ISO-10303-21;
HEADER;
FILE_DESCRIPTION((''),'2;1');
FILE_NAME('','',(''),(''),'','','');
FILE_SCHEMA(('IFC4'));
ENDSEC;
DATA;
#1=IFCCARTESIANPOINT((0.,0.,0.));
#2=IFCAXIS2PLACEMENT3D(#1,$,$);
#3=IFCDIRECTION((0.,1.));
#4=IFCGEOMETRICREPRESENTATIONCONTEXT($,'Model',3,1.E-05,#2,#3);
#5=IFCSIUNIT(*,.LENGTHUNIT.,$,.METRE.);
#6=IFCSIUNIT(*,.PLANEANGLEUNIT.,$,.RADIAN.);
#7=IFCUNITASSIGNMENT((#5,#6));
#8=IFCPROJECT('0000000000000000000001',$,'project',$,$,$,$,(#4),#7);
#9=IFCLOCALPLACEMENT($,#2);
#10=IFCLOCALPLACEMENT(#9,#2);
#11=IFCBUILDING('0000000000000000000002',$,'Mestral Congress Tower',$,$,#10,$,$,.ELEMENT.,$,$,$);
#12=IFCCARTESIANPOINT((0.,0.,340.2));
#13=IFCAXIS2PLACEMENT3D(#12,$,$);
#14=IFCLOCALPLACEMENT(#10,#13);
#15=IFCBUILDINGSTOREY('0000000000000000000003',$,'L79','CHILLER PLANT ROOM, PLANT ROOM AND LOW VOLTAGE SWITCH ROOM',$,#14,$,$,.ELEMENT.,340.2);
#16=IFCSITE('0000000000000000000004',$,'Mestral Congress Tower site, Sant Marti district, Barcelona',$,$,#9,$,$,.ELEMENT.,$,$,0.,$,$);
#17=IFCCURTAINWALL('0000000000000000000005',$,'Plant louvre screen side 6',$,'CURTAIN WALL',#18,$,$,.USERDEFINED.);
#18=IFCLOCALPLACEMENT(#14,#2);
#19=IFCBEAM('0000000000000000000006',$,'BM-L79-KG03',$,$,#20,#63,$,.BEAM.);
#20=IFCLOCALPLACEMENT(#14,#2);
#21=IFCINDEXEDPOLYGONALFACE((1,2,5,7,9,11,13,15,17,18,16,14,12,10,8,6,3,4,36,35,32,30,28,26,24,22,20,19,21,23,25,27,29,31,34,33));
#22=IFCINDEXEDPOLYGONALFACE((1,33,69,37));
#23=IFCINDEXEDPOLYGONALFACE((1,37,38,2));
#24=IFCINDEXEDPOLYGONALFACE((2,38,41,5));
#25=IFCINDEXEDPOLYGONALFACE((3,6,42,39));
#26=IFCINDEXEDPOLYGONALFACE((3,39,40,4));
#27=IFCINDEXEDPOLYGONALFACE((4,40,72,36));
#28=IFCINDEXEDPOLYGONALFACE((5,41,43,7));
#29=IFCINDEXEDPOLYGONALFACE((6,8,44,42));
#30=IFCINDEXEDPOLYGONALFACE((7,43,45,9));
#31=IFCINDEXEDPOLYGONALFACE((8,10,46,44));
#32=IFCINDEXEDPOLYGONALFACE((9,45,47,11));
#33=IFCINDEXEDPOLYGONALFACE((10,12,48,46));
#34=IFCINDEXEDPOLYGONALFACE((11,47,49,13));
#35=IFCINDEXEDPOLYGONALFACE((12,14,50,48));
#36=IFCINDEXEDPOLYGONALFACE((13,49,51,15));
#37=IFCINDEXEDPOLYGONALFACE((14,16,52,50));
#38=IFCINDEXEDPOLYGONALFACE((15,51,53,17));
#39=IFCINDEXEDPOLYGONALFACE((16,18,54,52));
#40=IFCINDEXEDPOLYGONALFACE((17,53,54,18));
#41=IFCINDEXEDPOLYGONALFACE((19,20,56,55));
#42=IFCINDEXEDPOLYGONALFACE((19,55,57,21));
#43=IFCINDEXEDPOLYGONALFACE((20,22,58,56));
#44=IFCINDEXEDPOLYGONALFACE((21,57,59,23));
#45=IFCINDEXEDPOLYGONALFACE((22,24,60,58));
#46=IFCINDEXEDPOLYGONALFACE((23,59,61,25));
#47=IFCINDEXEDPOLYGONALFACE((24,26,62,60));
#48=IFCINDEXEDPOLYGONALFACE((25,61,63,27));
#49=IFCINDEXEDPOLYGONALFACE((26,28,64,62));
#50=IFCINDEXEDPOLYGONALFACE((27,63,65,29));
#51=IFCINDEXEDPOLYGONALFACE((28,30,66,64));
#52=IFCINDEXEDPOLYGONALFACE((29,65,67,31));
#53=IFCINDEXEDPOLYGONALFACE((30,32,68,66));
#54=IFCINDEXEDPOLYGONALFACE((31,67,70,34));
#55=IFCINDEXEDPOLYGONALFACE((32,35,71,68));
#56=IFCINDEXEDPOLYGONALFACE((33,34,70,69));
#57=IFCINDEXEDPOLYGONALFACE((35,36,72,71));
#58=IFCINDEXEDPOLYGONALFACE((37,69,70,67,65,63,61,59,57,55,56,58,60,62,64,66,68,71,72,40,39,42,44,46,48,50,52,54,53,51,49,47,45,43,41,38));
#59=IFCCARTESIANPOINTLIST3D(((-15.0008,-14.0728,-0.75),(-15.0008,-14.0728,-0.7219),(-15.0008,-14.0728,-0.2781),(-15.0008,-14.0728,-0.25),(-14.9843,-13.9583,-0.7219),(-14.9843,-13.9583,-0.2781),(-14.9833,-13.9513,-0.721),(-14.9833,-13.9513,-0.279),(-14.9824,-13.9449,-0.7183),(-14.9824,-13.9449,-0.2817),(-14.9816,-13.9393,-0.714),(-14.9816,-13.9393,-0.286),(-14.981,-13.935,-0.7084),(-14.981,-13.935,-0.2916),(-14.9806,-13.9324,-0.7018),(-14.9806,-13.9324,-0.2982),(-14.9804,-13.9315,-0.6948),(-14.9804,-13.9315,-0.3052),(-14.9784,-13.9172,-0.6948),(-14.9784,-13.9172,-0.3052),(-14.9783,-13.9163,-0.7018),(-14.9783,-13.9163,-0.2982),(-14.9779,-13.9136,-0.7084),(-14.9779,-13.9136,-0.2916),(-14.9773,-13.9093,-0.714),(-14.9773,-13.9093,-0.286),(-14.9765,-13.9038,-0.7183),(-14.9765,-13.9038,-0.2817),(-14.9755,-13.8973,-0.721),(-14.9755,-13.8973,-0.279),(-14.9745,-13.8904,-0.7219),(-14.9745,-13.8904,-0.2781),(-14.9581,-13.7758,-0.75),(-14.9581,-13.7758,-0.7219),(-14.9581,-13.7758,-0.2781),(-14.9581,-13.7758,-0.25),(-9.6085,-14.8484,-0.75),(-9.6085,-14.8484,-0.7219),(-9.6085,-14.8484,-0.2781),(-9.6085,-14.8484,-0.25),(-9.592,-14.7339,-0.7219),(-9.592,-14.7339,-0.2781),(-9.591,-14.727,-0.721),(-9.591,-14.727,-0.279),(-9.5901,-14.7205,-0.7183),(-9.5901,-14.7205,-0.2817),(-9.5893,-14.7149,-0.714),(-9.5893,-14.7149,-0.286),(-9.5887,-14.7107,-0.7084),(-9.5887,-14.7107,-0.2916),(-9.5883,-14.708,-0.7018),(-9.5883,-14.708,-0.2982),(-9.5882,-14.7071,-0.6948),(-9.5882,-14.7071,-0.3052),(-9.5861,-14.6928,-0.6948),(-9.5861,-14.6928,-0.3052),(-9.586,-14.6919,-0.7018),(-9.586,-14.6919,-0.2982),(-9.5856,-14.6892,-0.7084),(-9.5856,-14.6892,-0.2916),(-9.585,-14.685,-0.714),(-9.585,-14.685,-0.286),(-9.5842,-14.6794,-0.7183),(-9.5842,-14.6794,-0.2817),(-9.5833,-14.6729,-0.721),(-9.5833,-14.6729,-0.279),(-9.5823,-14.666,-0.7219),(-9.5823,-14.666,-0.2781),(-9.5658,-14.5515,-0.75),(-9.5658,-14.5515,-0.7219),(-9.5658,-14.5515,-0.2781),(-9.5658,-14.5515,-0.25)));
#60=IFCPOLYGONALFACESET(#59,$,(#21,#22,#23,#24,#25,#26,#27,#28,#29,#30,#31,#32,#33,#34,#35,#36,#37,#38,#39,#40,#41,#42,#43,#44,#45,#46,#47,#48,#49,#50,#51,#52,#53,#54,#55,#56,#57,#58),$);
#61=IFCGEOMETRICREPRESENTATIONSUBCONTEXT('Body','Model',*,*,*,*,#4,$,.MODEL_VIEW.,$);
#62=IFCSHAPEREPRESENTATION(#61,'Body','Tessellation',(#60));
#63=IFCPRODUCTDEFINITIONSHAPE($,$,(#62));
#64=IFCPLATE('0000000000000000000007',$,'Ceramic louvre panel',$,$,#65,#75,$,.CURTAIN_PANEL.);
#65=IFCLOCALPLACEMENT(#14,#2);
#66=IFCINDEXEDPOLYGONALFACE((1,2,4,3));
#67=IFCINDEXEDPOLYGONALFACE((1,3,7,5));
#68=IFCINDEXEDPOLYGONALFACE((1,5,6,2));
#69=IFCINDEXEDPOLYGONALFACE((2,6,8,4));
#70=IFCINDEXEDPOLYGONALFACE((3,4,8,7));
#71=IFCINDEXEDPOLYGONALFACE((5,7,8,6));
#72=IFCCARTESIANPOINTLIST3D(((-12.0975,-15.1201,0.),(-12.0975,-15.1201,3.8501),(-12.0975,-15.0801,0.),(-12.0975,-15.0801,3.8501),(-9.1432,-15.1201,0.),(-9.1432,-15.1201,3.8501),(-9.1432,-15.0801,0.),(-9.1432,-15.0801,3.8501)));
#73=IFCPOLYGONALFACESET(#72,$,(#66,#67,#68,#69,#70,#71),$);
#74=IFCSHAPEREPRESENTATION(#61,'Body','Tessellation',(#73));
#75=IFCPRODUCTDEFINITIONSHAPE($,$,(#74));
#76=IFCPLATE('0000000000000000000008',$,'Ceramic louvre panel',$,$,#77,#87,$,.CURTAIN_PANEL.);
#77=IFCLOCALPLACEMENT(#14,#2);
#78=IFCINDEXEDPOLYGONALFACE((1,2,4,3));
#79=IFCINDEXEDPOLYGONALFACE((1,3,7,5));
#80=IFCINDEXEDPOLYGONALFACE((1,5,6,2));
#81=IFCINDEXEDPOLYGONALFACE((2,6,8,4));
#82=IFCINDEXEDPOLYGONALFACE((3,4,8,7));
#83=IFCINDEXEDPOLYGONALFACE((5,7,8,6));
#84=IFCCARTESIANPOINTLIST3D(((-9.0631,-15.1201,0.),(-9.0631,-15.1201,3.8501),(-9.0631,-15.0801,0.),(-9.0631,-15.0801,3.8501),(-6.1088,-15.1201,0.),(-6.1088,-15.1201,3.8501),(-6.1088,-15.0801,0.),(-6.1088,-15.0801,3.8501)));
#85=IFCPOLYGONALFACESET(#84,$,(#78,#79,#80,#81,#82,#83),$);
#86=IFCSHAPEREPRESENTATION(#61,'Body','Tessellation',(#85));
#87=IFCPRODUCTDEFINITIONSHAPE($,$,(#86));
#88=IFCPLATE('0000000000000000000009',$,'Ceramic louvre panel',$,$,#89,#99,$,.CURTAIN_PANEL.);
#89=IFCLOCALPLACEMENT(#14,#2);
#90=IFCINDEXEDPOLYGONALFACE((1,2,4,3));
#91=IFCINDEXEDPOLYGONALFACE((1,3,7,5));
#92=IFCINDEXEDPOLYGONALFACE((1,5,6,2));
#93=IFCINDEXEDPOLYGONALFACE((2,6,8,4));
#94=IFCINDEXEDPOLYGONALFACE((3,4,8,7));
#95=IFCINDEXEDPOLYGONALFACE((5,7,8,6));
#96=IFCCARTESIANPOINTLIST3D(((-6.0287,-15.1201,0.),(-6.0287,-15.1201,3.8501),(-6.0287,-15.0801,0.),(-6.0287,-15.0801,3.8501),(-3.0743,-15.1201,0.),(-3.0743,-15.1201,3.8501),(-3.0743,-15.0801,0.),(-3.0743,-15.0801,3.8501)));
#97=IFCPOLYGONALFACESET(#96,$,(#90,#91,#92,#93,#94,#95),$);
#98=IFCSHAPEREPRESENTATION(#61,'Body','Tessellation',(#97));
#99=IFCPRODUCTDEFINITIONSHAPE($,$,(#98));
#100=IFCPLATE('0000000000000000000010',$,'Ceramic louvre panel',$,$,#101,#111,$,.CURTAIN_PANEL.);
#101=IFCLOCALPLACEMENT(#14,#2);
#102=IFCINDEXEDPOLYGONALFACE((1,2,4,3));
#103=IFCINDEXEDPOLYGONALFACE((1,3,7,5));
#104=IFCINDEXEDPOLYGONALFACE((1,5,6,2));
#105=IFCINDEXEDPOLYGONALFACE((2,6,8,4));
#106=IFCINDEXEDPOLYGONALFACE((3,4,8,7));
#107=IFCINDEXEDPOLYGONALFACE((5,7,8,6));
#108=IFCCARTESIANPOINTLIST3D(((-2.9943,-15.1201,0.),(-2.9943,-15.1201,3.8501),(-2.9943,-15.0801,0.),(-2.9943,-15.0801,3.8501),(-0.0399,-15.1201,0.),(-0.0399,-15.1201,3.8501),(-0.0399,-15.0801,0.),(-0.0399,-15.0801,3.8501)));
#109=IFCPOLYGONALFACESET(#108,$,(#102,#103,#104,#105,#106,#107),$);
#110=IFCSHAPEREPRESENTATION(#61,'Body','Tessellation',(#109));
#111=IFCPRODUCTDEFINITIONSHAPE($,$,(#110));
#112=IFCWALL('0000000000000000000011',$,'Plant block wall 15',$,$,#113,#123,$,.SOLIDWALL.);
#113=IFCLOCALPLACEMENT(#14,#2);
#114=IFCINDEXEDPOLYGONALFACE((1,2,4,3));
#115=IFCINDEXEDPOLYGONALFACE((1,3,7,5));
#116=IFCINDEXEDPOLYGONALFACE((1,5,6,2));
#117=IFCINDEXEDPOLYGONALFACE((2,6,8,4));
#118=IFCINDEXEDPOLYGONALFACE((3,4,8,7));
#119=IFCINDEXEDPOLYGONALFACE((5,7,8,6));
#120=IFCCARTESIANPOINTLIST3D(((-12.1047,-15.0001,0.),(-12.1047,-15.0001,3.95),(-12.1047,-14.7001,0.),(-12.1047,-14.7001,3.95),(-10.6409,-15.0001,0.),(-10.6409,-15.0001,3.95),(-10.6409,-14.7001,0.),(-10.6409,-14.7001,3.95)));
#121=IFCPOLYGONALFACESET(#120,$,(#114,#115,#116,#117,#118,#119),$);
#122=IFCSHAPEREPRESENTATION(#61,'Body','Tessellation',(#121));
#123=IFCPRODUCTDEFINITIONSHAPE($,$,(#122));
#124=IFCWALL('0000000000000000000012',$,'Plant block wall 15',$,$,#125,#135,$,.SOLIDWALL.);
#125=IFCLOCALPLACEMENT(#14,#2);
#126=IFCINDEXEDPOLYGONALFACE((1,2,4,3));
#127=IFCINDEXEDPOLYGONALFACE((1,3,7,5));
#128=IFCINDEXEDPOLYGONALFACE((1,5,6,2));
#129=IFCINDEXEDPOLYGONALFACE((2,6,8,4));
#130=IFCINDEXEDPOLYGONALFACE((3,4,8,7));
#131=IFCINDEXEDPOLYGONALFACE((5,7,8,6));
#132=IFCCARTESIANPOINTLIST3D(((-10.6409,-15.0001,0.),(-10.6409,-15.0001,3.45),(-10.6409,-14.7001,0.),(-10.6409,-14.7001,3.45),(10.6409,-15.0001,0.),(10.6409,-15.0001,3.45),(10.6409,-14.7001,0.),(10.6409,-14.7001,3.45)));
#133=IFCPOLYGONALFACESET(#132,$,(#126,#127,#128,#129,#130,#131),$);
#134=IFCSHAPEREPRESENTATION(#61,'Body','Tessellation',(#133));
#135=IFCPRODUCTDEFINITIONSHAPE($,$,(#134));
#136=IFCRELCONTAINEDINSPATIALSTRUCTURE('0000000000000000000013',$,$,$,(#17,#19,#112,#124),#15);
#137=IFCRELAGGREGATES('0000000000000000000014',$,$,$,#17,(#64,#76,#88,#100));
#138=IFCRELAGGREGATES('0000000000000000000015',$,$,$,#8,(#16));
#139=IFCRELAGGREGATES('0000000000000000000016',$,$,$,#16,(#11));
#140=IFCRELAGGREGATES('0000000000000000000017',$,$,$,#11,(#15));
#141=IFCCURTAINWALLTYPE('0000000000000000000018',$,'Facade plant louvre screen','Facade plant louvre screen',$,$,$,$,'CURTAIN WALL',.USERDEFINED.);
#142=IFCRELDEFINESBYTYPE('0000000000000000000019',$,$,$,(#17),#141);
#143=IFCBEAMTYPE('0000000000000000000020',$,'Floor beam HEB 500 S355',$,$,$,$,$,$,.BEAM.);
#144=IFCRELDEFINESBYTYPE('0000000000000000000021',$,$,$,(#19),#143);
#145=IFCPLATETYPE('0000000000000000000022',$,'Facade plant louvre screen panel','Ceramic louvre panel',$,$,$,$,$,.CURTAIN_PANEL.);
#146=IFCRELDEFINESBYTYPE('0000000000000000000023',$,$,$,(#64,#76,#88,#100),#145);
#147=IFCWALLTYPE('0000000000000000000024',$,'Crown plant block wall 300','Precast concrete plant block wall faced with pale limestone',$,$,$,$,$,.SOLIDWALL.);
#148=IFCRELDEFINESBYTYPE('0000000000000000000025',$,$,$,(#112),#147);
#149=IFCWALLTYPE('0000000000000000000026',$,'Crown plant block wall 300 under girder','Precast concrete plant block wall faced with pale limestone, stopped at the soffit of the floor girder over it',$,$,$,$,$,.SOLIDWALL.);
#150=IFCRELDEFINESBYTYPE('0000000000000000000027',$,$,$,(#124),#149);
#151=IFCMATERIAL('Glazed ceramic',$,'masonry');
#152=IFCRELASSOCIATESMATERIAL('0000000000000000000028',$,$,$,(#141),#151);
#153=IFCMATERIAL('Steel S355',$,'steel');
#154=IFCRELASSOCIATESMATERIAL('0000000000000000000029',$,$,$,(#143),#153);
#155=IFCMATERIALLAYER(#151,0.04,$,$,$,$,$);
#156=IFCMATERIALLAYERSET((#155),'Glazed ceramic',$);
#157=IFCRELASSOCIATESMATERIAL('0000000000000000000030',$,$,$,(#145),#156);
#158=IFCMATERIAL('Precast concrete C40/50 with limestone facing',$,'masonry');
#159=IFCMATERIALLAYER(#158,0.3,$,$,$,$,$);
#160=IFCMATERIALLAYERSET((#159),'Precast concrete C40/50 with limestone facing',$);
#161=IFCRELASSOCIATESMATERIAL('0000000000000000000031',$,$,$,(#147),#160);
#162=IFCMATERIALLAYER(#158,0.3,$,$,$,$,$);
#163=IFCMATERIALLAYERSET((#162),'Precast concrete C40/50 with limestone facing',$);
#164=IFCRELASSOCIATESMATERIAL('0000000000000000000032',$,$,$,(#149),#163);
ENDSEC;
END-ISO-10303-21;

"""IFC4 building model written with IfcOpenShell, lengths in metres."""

from ifc_helpers import new_model, si_unit, direction, frame, frame_2d, origin, origin_2d, place, context, subcontext, project, spatial, rectangle, i_section, extrude, material, layer, layer_set, material_profile, profile_set, type_object, element, aggregate, save


model = new_model("IFC4")

# Units and contexts
model_context = context("Model", 3, precision=1e-05, world=origin(), true_north=direction((0.0, 1.0)))
body_context = subcontext(model_context, "Body", "Model", "MODEL_VIEW")
ifc_project = project(units=[si_unit("LENGTHUNIT", "METRE"), si_unit("PLANEANGLEUNIT", "RADIAN")], contexts=[model_context])

# Site, building, storey
site_placement = place(None, origin())
site = spatial("IfcSite", under=ifc_project, at=site_placement, Name="Mestral Congress Tower site, Sant Marti district, Barcelona", CompositionType="ELEMENT", RefElevation=0.0)
building_placement = place(site_placement, origin())
building = spatial("IfcBuilding", under=site, at=building_placement, Name="Mestral Congress Tower", CompositionType="ELEMENT")
storey_placement = place(building_placement, frame((0.0, 0.0, 340.2)))
storey = spatial("IfcBuildingStorey", under=building, at=storey_placement, Name="L79", Description="CHILLER PLANT ROOM, PLANT ROOM AND LOW VOLTAGE SWITCH ROOM", CompositionType="ELEMENT", Elevation=340.2)

# Shared definitions
ifc_material_1 = material(Name="Steel S355", Category="steel")

# Shared definitions
ifc_material_2 = material(Name="Glazed ceramic", Category="masonry")
curtain_wall_type = type_object("IfcCurtainWallType", Name="Facade plant louvre screen", Description="Facade plant louvre screen", ElementType="CURTAIN WALL", PredefinedType="USERDEFINED", material=ifc_material_2)
placement = place(storey_placement, origin())

# Curtain wall
curtain_wall_1 = element("IfcCurtainWall", 1, at=placement, inside=storey, type_object=curtain_wall_type, Name="Plant louvre screen side 6", ObjectType="CURTAIN WALL", PredefinedType="USERDEFINED")

# Beam
ifc_material_profile_1 = material_profile(ifc_material_1, i_section(OverallWidth=0.3, OverallDepth=0.5, WebThickness=0.0144, FlangeThickness=0.0281, FilletRadius=0.0271, at=origin_2d()), Name="HEB 500")
ifc_profile_set_1 = profile_set([ifc_material_profile_1], Name="Steel S355")
beam_type_1 = type_object("IfcBeamType", Name="Floor beam HEB 500 S355", PredefinedType="BEAM", material=ifc_profile_set_1)
beam_1_placement = place(storey_placement, frame((-9.5872, -14.7, -0.5), z_axis=(-0.989813, 0.142375, 0.0), x_axis=(-0.142375, -0.989813, 0.0)))
element("IfcBeam", 2, at=beam_1_placement, inside=storey, type_object=beam_type_1, Name="BM-L79-KG03", PredefinedType="BEAM", context=body_context, shape_type="SweptSolid", body=[
    extrude(i_section(OverallWidth=0.3, OverallDepth=0.5, WebThickness=0.0144, FlangeThickness=0.0281, FilletRadius=0.0271, at=origin_2d()), origin(), (0.0, 0.0, 1.0), 5.4478),
])

# Plates
ifc_layer_1 = layer(ifc_material_2, 0.04)
ifc_layer_set_1 = layer_set([ifc_layer_1], Name="Glazed ceramic")
plate_type = type_object("IfcPlateType", Name="Facade plant louvre screen panel", Description="Ceramic louvre panel", PredefinedType="CURTAIN_PANEL", material=ifc_layer_set_1)
plate_1_placement = place(storey_placement, frame((-10.6204, -15.1001, 0.0), z_axis=(0.0, 0.0, 1.0), x_axis=(1.0, 0.0, 0.0)))
plate_1 = element("IfcPlate", 3, at=plate_1_placement, type_object=plate_type, Name="Ceramic louvre panel", PredefinedType="CURTAIN_PANEL", context=body_context, shape_type="SweptSolid", body=[
    extrude(rectangle(XDim=2.9543, YDim=0.04, at=origin_2d()), origin(), (0.0, 0.0, 1.0), 3.8501),
])
plate_2_placement = place(storey_placement, frame((-7.5859, -15.1001, 0.0), z_axis=(0.0, 0.0, 1.0), x_axis=(1.0, 0.0, 0.0)))
plate_2 = element("IfcPlate", 4, at=plate_2_placement, type_object=plate_type, Name="Ceramic louvre panel", PredefinedType="CURTAIN_PANEL", context=body_context, shape_type="SweptSolid", body=[
    extrude(rectangle(XDim=2.9543, YDim=0.04, at=origin_2d()), origin(), (0.0, 0.0, 1.0), 3.8501),
])
plate_3_placement = place(storey_placement, frame((-4.5515, -15.1001, 0.0), z_axis=(0.0, 0.0, 1.0), x_axis=(1.0, 0.0, 0.0)))
plate_3 = element("IfcPlate", 5, at=plate_3_placement, type_object=plate_type, Name="Ceramic louvre panel", PredefinedType="CURTAIN_PANEL", context=body_context, shape_type="SweptSolid", body=[
    extrude(rectangle(XDim=2.9543, YDim=0.04, at=origin_2d()), origin(), (0.0, 0.0, 1.0), 3.8501),
])
plate_4_placement = place(storey_placement, frame((-1.5171, -15.1001, 0.0), z_axis=(0.0, 0.0, 1.0), x_axis=(1.0, 0.0, 0.0)))
plate_4 = element("IfcPlate", 6, at=plate_4_placement, type_object=plate_type, Name="Ceramic louvre panel", PredefinedType="CURTAIN_PANEL", context=body_context, shape_type="SweptSolid", body=[
    extrude(rectangle(XDim=2.9543, YDim=0.04, at=origin_2d()), origin(), (0.0, 0.0, 1.0), 3.8501),
])
aggregate(curtain_wall_1, [plate_1, plate_2, plate_3, plate_4])

# Walls
ifc_material_3 = material(Name="Precast concrete C40/50 with limestone facing", Category="masonry")
ifc_layer_2 = layer(ifc_material_3, 0.3)
ifc_layer_set_2 = layer_set([ifc_layer_2], Name="Precast concrete C40/50 with limestone facing")
wall_type_1 = type_object("IfcWallType", Name="Crown plant block wall 300", Description="Precast concrete plant block wall faced with pale limestone", PredefinedType="SOLIDWALL", material=ifc_layer_set_2)
wall_1_placement = place(storey_placement, frame((-12.1047, -14.8501, 0.0), z_axis=(0.0, 0.0, 1.0), x_axis=(1.0, 0.0, 0.0)))
element("IfcWall", 7, at=wall_1_placement, inside=storey, type_object=wall_type_1, Name="Plant block wall 15", PredefinedType="SOLIDWALL", context=body_context, shape_type="SweptSolid", body=[
    extrude(rectangle(XDim=1.4639, YDim=0.3, at=frame_2d((0.7319, 0.0))), origin(), (0.0, 0.0, 1.0), 3.95),
])
ifc_layer_3 = layer(ifc_material_3, 0.3)
ifc_layer_set_3 = layer_set([ifc_layer_3], Name="Precast concrete C40/50 with limestone facing")
wall_type_2 = type_object("IfcWallType", Name="Crown plant block wall 300 under girder", Description="Precast concrete plant block wall faced with pale limestone, stopped at the soffit of the floor girder over it", PredefinedType="SOLIDWALL", material=ifc_layer_set_3)
wall_2_placement = place(storey_placement, frame((-10.6409, -14.8501, 0.0), z_axis=(0.0, 0.0, 1.0), x_axis=(1.0, 0.0, 0.0)))
element("IfcWall", 8, at=wall_2_placement, inside=storey, type_object=wall_type_2, Name="Plant block wall 15", PredefinedType="SOLIDWALL", context=body_context, shape_type="SweptSolid", body=[
    extrude(rectangle(XDim=21.2817, YDim=0.3, at=frame_2d((10.6409, 0.0))), origin(), (0.0, 0.0, 1.0), 3.45),
])

save(model, "model.ifc")
